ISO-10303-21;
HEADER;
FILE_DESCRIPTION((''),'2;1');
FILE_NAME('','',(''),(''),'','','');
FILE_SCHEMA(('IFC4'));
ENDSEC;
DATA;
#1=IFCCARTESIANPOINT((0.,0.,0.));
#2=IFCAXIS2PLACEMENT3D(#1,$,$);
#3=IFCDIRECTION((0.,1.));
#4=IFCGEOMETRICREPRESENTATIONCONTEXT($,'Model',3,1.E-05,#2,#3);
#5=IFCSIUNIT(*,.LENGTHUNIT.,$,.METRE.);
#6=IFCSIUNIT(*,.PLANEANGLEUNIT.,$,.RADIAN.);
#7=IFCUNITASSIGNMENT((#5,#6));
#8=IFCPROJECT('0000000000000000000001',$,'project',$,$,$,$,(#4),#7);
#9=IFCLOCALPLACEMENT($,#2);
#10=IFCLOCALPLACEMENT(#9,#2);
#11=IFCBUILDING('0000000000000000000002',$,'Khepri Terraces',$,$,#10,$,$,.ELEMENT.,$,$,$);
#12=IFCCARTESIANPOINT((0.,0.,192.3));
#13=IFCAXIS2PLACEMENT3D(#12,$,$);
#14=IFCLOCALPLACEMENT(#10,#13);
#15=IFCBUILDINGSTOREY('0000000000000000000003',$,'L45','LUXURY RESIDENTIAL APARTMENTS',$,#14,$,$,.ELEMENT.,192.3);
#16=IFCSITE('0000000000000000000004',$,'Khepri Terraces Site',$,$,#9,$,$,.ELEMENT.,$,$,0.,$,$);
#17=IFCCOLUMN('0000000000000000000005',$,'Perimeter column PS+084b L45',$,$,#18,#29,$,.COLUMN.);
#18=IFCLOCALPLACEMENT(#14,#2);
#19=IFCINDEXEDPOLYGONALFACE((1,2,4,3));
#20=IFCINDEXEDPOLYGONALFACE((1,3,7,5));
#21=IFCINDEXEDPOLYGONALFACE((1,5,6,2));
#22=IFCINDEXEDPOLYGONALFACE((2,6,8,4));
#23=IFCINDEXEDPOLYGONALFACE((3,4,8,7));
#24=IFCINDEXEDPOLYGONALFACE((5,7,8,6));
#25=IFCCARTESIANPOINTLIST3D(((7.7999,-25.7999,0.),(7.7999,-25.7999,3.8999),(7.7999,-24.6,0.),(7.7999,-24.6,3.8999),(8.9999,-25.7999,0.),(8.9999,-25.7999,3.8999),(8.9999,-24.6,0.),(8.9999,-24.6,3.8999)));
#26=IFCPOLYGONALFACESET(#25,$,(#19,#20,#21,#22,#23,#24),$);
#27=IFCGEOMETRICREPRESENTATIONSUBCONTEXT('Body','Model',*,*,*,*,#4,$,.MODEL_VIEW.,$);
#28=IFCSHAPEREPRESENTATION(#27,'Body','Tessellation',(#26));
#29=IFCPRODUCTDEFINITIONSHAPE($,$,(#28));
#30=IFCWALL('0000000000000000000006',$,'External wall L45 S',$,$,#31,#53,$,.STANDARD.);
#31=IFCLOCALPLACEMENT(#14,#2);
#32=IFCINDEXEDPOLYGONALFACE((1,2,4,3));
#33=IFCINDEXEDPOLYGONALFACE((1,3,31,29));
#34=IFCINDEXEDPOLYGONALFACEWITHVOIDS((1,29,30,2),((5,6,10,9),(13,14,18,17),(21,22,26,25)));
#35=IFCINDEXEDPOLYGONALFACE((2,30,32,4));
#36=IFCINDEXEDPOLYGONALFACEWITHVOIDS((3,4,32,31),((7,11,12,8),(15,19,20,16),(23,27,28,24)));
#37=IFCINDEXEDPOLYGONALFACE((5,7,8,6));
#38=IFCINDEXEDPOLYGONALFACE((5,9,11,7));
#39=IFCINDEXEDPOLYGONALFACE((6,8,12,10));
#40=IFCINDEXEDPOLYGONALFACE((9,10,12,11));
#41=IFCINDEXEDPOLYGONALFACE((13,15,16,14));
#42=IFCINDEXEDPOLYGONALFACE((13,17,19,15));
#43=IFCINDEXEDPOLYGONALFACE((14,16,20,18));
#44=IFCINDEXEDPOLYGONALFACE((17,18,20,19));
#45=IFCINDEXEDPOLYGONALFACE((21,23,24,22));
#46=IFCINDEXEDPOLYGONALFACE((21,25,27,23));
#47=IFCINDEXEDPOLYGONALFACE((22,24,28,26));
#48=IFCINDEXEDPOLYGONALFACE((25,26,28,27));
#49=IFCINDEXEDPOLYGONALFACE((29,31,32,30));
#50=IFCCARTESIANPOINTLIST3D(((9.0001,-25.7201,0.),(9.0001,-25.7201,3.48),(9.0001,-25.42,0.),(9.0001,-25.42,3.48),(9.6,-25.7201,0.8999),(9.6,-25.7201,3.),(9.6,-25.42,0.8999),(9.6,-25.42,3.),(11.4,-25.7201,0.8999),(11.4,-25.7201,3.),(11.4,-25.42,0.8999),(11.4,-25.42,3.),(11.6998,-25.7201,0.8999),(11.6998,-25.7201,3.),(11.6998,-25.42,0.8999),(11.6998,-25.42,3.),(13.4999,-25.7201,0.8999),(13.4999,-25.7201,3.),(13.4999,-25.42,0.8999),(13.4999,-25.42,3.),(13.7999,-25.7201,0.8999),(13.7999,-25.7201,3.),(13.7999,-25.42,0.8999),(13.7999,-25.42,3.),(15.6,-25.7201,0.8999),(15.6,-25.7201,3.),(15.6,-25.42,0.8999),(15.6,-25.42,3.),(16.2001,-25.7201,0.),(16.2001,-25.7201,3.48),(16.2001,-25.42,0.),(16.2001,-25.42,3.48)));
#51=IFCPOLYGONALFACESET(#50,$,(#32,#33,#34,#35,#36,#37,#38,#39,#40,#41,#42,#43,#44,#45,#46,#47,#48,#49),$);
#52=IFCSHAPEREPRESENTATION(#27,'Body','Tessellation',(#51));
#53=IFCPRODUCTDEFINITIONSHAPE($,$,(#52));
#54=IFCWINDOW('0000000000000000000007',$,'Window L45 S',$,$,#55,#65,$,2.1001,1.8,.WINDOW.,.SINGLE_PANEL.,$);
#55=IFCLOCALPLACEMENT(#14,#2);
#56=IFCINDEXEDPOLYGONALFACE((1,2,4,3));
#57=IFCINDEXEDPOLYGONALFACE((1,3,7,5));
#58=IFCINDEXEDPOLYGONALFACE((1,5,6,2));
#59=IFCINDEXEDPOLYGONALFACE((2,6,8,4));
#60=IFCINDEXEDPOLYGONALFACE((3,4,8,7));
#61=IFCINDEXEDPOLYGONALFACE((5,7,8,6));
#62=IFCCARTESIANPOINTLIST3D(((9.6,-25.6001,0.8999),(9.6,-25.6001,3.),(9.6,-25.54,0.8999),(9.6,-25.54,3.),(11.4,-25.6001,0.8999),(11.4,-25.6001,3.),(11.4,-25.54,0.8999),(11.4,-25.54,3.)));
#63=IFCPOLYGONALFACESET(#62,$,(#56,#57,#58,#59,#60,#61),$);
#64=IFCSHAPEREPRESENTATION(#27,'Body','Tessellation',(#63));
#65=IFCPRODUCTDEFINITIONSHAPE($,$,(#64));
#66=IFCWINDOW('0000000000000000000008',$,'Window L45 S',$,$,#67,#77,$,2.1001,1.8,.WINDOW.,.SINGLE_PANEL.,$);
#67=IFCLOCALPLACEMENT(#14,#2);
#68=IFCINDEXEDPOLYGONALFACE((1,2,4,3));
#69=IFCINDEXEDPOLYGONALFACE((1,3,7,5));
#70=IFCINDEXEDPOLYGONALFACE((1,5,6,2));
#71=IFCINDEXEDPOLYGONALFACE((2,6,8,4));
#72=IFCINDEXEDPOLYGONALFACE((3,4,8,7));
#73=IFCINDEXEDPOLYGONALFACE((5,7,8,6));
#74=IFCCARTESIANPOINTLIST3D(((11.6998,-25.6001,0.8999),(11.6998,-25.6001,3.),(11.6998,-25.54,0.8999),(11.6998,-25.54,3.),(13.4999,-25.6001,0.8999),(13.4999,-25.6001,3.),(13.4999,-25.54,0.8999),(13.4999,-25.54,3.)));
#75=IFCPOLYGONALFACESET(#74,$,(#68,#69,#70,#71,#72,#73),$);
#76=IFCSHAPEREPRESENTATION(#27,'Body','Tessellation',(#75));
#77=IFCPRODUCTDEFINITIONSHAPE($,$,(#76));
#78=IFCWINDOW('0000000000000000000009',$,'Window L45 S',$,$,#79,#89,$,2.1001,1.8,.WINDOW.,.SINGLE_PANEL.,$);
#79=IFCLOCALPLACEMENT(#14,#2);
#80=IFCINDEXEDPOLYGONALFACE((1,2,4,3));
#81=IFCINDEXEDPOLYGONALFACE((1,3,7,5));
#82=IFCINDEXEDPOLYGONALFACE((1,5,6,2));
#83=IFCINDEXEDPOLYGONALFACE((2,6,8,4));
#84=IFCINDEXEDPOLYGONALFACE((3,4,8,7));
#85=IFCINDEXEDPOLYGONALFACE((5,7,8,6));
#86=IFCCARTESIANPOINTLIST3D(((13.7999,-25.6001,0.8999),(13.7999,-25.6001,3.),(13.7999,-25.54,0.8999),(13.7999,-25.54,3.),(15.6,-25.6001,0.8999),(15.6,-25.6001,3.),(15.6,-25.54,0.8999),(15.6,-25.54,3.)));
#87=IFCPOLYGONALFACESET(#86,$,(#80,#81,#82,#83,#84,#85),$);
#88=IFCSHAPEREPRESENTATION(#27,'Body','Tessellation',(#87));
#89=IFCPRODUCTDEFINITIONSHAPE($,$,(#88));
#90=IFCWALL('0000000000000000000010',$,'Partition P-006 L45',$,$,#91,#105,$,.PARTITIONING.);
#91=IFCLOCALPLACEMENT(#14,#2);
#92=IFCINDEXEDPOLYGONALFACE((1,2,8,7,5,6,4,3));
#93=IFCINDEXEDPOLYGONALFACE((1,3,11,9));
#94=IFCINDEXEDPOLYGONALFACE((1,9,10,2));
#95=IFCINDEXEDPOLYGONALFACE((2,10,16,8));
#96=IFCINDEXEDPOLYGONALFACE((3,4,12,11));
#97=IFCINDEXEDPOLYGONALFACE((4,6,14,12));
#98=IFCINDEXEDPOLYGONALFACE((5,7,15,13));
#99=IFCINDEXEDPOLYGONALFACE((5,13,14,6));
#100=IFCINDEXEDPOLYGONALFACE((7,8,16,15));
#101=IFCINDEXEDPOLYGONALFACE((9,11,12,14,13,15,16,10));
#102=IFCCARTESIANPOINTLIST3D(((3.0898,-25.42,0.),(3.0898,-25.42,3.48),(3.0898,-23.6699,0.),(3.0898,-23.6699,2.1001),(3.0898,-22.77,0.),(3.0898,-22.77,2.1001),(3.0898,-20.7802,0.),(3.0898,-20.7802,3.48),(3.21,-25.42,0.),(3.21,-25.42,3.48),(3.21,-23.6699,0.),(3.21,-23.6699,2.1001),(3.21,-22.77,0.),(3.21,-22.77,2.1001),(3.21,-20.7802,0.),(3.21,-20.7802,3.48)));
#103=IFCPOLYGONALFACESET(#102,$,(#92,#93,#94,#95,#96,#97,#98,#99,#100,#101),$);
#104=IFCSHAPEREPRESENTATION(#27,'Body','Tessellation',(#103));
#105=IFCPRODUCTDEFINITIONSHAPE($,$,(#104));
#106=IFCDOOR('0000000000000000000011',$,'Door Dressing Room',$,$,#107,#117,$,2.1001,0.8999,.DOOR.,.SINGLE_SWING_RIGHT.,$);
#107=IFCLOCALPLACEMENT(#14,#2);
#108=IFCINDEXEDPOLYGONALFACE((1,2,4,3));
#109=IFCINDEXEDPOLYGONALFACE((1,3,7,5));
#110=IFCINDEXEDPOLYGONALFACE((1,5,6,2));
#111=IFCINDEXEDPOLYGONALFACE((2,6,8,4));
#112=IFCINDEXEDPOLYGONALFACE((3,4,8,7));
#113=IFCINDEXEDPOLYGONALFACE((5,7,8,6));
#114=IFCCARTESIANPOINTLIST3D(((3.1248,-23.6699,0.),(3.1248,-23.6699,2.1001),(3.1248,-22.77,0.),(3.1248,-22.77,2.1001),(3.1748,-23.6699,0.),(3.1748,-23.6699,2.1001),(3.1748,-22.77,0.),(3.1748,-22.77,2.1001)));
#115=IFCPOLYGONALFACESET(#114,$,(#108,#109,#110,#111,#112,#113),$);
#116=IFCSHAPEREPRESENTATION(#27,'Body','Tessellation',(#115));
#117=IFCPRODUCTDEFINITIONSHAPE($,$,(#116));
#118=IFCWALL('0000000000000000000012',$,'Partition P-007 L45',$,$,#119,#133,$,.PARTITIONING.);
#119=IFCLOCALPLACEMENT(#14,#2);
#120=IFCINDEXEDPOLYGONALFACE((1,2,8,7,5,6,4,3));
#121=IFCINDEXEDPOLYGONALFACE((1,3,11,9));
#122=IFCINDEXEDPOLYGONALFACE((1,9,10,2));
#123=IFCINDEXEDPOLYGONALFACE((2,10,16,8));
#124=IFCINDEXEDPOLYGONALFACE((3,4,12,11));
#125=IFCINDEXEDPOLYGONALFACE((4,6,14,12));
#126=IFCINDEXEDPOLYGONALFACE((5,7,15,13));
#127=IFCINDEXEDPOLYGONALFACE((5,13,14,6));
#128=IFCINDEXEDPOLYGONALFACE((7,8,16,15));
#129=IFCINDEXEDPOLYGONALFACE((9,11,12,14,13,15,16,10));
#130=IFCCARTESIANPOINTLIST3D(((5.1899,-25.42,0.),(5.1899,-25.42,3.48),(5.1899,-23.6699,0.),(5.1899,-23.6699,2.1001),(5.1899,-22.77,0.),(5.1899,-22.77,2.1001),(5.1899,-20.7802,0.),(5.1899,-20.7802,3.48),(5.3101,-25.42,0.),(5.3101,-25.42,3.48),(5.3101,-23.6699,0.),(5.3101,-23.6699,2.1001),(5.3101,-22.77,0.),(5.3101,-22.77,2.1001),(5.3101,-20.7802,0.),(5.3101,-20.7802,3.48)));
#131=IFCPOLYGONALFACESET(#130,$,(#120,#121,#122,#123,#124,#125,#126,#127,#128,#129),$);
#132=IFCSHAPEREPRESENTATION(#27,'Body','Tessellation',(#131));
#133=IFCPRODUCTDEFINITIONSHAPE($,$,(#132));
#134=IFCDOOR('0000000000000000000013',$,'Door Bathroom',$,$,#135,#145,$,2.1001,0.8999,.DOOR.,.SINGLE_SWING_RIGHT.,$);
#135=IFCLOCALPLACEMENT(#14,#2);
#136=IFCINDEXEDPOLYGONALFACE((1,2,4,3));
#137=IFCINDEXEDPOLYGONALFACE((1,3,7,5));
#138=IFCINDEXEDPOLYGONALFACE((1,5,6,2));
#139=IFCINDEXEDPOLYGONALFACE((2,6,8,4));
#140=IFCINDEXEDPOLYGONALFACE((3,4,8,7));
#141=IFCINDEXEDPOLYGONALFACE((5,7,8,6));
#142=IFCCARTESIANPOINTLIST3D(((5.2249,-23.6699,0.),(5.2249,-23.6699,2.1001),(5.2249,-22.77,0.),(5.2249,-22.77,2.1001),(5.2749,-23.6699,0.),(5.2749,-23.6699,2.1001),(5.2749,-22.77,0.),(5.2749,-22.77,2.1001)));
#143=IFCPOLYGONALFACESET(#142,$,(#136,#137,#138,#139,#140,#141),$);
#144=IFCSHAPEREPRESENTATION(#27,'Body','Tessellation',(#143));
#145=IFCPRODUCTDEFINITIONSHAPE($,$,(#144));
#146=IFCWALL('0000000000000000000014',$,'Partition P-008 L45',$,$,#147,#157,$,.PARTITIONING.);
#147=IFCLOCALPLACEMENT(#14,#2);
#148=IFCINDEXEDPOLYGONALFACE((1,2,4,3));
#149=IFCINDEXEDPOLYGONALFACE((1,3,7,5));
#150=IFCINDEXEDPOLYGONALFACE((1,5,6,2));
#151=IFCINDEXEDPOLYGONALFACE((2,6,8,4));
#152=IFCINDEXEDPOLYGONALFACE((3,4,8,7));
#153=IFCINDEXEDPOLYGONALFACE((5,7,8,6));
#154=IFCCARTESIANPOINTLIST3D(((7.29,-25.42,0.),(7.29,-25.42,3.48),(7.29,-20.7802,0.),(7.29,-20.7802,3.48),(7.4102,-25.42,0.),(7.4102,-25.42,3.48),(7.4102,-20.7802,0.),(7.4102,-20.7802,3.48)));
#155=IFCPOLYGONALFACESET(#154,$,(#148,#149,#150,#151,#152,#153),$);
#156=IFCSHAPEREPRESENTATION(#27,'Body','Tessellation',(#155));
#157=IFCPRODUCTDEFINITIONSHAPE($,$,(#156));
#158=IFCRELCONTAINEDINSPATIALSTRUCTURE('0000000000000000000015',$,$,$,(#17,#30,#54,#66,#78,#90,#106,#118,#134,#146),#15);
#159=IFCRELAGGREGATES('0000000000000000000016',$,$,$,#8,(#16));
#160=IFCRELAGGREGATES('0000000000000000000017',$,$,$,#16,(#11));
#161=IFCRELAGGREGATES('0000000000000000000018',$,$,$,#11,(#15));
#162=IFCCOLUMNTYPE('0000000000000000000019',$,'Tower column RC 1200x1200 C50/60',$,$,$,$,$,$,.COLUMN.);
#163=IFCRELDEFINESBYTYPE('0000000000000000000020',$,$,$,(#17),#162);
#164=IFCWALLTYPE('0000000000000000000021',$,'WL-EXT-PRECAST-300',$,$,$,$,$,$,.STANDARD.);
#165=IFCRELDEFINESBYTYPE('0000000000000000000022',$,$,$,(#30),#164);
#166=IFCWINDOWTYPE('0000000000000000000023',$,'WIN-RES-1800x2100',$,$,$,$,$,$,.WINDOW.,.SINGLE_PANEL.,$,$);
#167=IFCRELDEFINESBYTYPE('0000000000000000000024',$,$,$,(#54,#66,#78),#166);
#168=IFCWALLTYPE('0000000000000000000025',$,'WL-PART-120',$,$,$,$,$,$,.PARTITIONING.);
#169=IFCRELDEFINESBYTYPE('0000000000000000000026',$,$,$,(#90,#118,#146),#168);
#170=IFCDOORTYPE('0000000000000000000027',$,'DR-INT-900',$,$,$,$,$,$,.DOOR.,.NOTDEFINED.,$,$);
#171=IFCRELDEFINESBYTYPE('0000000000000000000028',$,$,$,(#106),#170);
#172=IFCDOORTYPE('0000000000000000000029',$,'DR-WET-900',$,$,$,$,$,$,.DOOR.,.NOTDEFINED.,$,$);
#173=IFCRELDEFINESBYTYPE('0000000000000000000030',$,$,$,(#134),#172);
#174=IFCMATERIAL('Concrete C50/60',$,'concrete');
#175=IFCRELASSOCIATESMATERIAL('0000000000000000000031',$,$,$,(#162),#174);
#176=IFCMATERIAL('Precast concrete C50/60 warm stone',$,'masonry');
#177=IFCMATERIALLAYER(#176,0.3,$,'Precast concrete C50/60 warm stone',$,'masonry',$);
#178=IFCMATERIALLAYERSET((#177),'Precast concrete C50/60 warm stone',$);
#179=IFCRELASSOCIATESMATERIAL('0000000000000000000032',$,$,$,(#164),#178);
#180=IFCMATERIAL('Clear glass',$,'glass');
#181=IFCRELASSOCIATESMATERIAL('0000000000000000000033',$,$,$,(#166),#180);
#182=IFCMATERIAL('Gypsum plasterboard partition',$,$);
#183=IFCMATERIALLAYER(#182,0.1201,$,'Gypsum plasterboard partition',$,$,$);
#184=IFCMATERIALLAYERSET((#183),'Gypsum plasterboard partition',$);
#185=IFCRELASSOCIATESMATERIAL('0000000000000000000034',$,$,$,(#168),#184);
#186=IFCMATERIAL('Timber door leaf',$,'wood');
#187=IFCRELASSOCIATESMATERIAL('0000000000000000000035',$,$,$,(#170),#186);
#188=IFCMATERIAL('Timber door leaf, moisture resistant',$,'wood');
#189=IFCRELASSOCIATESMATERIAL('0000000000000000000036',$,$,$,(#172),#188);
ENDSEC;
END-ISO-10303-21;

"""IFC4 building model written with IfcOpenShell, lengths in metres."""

from ifc_helpers import new_model, si_unit, direction, frame, frame_2d, origin, origin_2d, place, context, subcontext, project, spatial, rectangle, extrude, material, layer, layer_set, material_profile, profile_set, type_object, element, fill, save


model = new_model("IFC4")

# Units and contexts
model_context = context("Model", 3, precision=1e-05, world=origin(), true_north=direction((0.0, 1.0)))
body_context = subcontext(model_context, "Body", "Model", "MODEL_VIEW")
ifc_project = project(units=[si_unit("LENGTHUNIT", "METRE"), si_unit("PLANEANGLEUNIT", "RADIAN")], contexts=[model_context])

# Site, building, storey
site_placement = place(None, origin())
site = spatial("IfcSite", under=ifc_project, at=site_placement, Name="Khepri Terraces Site", CompositionType="ELEMENT", RefElevation=0.0)
building_placement = place(site_placement, origin())
building = spatial("IfcBuilding", under=site, at=building_placement, Name="Khepri Terraces", CompositionType="ELEMENT")
storey_placement = place(building_placement, frame((0.0, 0.0, 192.3)))
storey = spatial("IfcBuildingStorey", under=building, at=storey_placement, Name="L45", Description="LUXURY RESIDENTIAL APARTMENTS", CompositionType="ELEMENT", Elevation=192.3)

# Column
ifc_material_1 = material(Name="Concrete C50/60", Category="concrete")
ifc_material_profile = material_profile(ifc_material_1, rectangle(XDim=1.2, YDim=1.2, at=origin_2d()), Name="Concrete C50/60", Category="concrete")
ifc_profile_set = profile_set([ifc_material_profile], Name="Concrete C50/60")
column_type = type_object("IfcColumnType", Name="Tower column RC 1200x1200 C50/60", PredefinedType="COLUMN", material=ifc_profile_set)
column_placement = place(storey_placement, frame((8.3999, -25.2, 0.0), z_axis=(0.0, 0.0, 1.0), x_axis=(1.0, 0.0, 0.0)))
element("IfcColumn", 1, at=column_placement, inside=storey, type_object=column_type, Name="Perimeter column PS+084b L45", PredefinedType="COLUMN", context=body_context, shape_type="SweptSolid", body=[
    extrude(rectangle(XDim=1.2, YDim=1.2, at=origin_2d()), origin(), (0.0, 0.0, 1.0), 3.8999),
])

# Shared definitions
ifc_material_2 = material(Name="Precast concrete C50/60 warm stone", Category="masonry")
ifc_layer_1 = layer(ifc_material_2, 0.3, Name="Precast concrete C50/60 warm stone", Category="masonry")
ifc_layer_set_1 = layer_set([ifc_layer_1], Name="Precast concrete C50/60 warm stone")
wall_type_1 = type_object("IfcWallType", Name="WL-EXT-PRECAST-300", PredefinedType="STANDARD", material=ifc_layer_set_1)
ifc_material_3 = material(Name="Clear glass", Category="glass")
window_type = type_object("IfcWindowType", Name="WIN-RES-1800x2100", PartitioningType="SINGLE_PANEL", PredefinedType="WINDOW", material=ifc_material_3)

# Wall, openings, windows
wall_1_placement = place(storey_placement, frame((9.0, -25.5701, 0.0), z_axis=(0.0, 0.0, 1.0), x_axis=(1.0, 0.0, 0.0)))
wall_1 = element("IfcWall", 2, at=wall_1_placement, inside=storey, type_object=wall_type_1, Name="External wall L45 S", PredefinedType="STANDARD", context=body_context, shape_type="SweptSolid", body=[
    extrude(rectangle(XDim=7.2, YDim=0.3, at=frame_2d((3.6001, 0.0))), origin(), (0.0, 0.0, 1.0), 3.48),
])
opening_1_placement = place(wall_1_placement, frame((0.6001, 0.0, 0.8999)))
opening_1 = element("IfcOpeningElement", 3, at=opening_1_placement, cuts=wall_1, PredefinedType="OPENING", context=body_context, shape_type="SweptSolid", body=[
    extrude(rectangle(XDim=1.8, YDim=2.1001, at=frame_2d((0.8999, 1.05))), frame((0.0, 0.1602, 0.0), z_axis=(0.0, -1.0, 0.0), x_axis=(1.0, 0.0, 0.0)), (0.0, 0.0, 1.0), 0.3201),
])
opening_2_placement = place(wall_1_placement, frame((2.7, 0.0, 0.8999)))
opening_2 = element("IfcOpeningElement", 4, at=opening_2_placement, cuts=wall_1, PredefinedType="OPENING", context=body_context, shape_type="SweptSolid", body=[
    extrude(rectangle(XDim=1.8, YDim=2.1001, at=frame_2d((0.8999, 1.05))), frame((0.0, 0.1602, 0.0), z_axis=(0.0, -1.0, 0.0), x_axis=(1.0, 0.0, 0.0)), (0.0, 0.0, 1.0), 0.3201),
])
opening_3_placement = place(wall_1_placement, frame((4.8, 0.0, 0.8999)))
opening_3 = element("IfcOpeningElement", 5, at=opening_3_placement, cuts=wall_1, PredefinedType="OPENING", context=body_context, shape_type="SweptSolid", body=[
    extrude(rectangle(XDim=1.8, YDim=2.1001, at=frame_2d((0.8999, 1.05))), frame((0.0, 0.1602, 0.0), z_axis=(0.0, -1.0, 0.0), x_axis=(1.0, 0.0, 0.0)), (0.0, 0.0, 1.0), 0.3201),
])
window_1_placement = place(opening_1_placement, origin())
window_1 = element("IfcWindow", 6, at=window_1_placement, inside=storey, type_object=window_type, Name="Window L45 S", OverallHeight=2.1001, OverallWidth=1.8, PartitioningType="SINGLE_PANEL", PredefinedType="WINDOW", context=body_context, shape_type="SweptSolid", body=[
    extrude(rectangle(XDim=1.8, YDim=2.1001, at=frame_2d((0.8999, 1.05))), frame((0.0, 0.03, 0.0), z_axis=(0.0, -1.0, 0.0), x_axis=(1.0, 0.0, 0.0)), (0.0, 0.0, 1.0), 0.0601),
])
fill(opening_1, window_1)
window_2_placement = place(opening_2_placement, origin())
window_2 = element("IfcWindow", 7, at=window_2_placement, inside=storey, type_object=window_type, Name="Window L45 S", OverallHeight=2.1001, OverallWidth=1.8, PartitioningType="SINGLE_PANEL", PredefinedType="WINDOW", context=body_context, shape_type="SweptSolid", body=[
    extrude(rectangle(XDim=1.8, YDim=2.1001, at=frame_2d((0.8999, 1.05))), frame((0.0, 0.03, 0.0), z_axis=(0.0, -1.0, 0.0), x_axis=(1.0, 0.0, 0.0)), (0.0, 0.0, 1.0), 0.0601),
])
fill(opening_2, window_2)
window_3_placement = place(opening_3_placement, origin())
window_3 = element("IfcWindow", 8, at=window_3_placement, inside=storey, type_object=window_type, Name="Window L45 S", OverallHeight=2.1001, OverallWidth=1.8, PartitioningType="SINGLE_PANEL", PredefinedType="WINDOW", context=body_context, shape_type="SweptSolid", body=[
    extrude(rectangle(XDim=1.8, YDim=2.1001, at=frame_2d((0.8999, 1.05))), frame((0.0, 0.03, 0.0), z_axis=(0.0, -1.0, 0.0), x_axis=(1.0, 0.0, 0.0)), (0.0, 0.0, 1.0), 0.0601),
])
fill(opening_3, window_3)

# Walls, openings, doors
ifc_material_4 = material(Name="Gypsum plasterboard partition")
ifc_layer_2 = layer(ifc_material_4, 0.1201, Name="Gypsum plasterboard partition")
ifc_layer_set_2 = layer_set([ifc_layer_2], Name="Gypsum plasterboard partition")
wall_type_2 = type_object("IfcWallType", Name="WL-PART-120", PredefinedType="PARTITIONING", material=ifc_layer_set_2)
wall_2_placement = place(storey_placement, frame((3.1499, -25.4199, 0.0), z_axis=(0.0, 0.0, 1.0), x_axis=(0.0, 1.0, 0.0)))
wall_2 = element("IfcWall", 9, at=wall_2_placement, inside=storey, type_object=wall_type_2, Name="Partition P-006 L45", PredefinedType="PARTITIONING", context=body_context, shape_type="SweptSolid", body=[
    extrude(rectangle(XDim=4.6399, YDim=0.1201, at=frame_2d((2.3198, 0.0))), origin(), (0.0, 0.0, 1.0), 3.48),
])
opening_4_placement = place(wall_2_placement, frame((1.75, 0.0, 0.0)))
opening_4 = element("IfcOpeningElement", 10, at=opening_4_placement, cuts=wall_2, PredefinedType="OPENING", context=body_context, shape_type="SweptSolid", body=[
    extrude(rectangle(XDim=0.8999, YDim=2.1001, at=frame_2d((0.45, 1.05))), frame((0.0, 0.0701, 0.0), z_axis=(0.0, -1.0, 0.0), x_axis=(1.0, 0.0, 0.0)), (0.0, 0.0, 1.0), 0.1401),
])
ifc_material_5 = material(Name="Timber door leaf", Category="wood")
door_type_1 = type_object("IfcDoorType", Name="DR-INT-900", OperationType="NOTDEFINED", PredefinedType="DOOR", material=ifc_material_5)
door_1_placement = place(opening_4_placement, frame((0.8999, 0.0, 0.0), z_axis=(0.0, 0.0, 1.0), x_axis=(-1.0, 0.0, 0.0)))
door_1 = element("IfcDoor", 11, at=door_1_placement, inside=storey, type_object=door_type_1, Name="Door Dressing Room", OperationType="SINGLE_SWING_RIGHT", OverallHeight=2.1001, OverallWidth=0.8999, PredefinedType="DOOR", context=body_context, shape_type="SweptSolid", body=[
    extrude(rectangle(XDim=0.8999, YDim=2.1001, at=frame_2d((0.45, 1.05))), frame((0.0, 0.0249, 0.0), z_axis=(0.0, -1.0, 0.0), x_axis=(1.0, 0.0, 0.0)), (0.0, 0.0, 1.0), 0.05),
])
fill(opening_4, door_1)
wall_3_placement = place(storey_placement, frame((5.25, -25.4199, 0.0), z_axis=(0.0, 0.0, 1.0), x_axis=(0.0, 1.0, 0.0)))
wall_3 = element("IfcWall", 12, at=wall_3_placement, inside=storey, type_object=wall_type_2, Name="Partition P-007 L45", PredefinedType="PARTITIONING", context=body_context, shape_type="SweptSolid", body=[
    extrude(rectangle(XDim=4.6399, YDim=0.1201, at=frame_2d((2.3198, 0.0))), origin(), (0.0, 0.0, 1.0), 3.48),
])
opening_5_placement = place(wall_3_placement, frame((1.75, 0.0, 0.0)))
opening_5 = element("IfcOpeningElement", 13, at=opening_5_placement, cuts=wall_3, PredefinedType="OPENING", context=body_context, shape_type="SweptSolid", body=[
    extrude(rectangle(XDim=0.8999, YDim=2.1001, at=frame_2d((0.45, 1.05))), frame((0.0, 0.0701, 0.0), z_axis=(0.0, -1.0, 0.0), x_axis=(1.0, 0.0, 0.0)), (0.0, 0.0, 1.0), 0.1401),
])
ifc_material_6 = material(Name="Timber door leaf, moisture resistant", Category="wood")
door_type_2 = type_object("IfcDoorType", Name="DR-WET-900", OperationType="NOTDEFINED", PredefinedType="DOOR", material=ifc_material_6)
door_2_placement = place(opening_5_placement, frame((0.8999, 0.0, 0.0), z_axis=(0.0, 0.0, 1.0), x_axis=(-1.0, 0.0, 0.0)))
door_2 = element("IfcDoor", 14, at=door_2_placement, inside=storey, type_object=door_type_2, Name="Door Bathroom", OperationType="SINGLE_SWING_RIGHT", OverallHeight=2.1001, OverallWidth=0.8999, PredefinedType="DOOR", context=body_context, shape_type="SweptSolid", body=[
    extrude(rectangle(XDim=0.8999, YDim=2.1001, at=frame_2d((0.45, 1.05))), frame((0.0, 0.0249, 0.0), z_axis=(0.0, -1.0, 0.0), x_axis=(1.0, 0.0, 0.0)), (0.0, 0.0, 1.0), 0.05),
])
fill(opening_5, door_2)

# Wall
wall_4_placement = place(storey_placement, frame((7.3501, -25.4199, 0.0), z_axis=(0.0, 0.0, 1.0), x_axis=(0.0, 1.0, 0.0)))
element("IfcWall", 15, at=wall_4_placement, inside=storey, type_object=wall_type_2, Name="Partition P-008 L45", PredefinedType="PARTITIONING", context=body_context, shape_type="SweptSolid", body=[
    extrude(rectangle(XDim=4.6399, YDim=0.1201, at=frame_2d((2.3198, 0.0))), origin(), (0.0, 0.0, 1.0), 3.48),
])

save(model, "model.ifc")
